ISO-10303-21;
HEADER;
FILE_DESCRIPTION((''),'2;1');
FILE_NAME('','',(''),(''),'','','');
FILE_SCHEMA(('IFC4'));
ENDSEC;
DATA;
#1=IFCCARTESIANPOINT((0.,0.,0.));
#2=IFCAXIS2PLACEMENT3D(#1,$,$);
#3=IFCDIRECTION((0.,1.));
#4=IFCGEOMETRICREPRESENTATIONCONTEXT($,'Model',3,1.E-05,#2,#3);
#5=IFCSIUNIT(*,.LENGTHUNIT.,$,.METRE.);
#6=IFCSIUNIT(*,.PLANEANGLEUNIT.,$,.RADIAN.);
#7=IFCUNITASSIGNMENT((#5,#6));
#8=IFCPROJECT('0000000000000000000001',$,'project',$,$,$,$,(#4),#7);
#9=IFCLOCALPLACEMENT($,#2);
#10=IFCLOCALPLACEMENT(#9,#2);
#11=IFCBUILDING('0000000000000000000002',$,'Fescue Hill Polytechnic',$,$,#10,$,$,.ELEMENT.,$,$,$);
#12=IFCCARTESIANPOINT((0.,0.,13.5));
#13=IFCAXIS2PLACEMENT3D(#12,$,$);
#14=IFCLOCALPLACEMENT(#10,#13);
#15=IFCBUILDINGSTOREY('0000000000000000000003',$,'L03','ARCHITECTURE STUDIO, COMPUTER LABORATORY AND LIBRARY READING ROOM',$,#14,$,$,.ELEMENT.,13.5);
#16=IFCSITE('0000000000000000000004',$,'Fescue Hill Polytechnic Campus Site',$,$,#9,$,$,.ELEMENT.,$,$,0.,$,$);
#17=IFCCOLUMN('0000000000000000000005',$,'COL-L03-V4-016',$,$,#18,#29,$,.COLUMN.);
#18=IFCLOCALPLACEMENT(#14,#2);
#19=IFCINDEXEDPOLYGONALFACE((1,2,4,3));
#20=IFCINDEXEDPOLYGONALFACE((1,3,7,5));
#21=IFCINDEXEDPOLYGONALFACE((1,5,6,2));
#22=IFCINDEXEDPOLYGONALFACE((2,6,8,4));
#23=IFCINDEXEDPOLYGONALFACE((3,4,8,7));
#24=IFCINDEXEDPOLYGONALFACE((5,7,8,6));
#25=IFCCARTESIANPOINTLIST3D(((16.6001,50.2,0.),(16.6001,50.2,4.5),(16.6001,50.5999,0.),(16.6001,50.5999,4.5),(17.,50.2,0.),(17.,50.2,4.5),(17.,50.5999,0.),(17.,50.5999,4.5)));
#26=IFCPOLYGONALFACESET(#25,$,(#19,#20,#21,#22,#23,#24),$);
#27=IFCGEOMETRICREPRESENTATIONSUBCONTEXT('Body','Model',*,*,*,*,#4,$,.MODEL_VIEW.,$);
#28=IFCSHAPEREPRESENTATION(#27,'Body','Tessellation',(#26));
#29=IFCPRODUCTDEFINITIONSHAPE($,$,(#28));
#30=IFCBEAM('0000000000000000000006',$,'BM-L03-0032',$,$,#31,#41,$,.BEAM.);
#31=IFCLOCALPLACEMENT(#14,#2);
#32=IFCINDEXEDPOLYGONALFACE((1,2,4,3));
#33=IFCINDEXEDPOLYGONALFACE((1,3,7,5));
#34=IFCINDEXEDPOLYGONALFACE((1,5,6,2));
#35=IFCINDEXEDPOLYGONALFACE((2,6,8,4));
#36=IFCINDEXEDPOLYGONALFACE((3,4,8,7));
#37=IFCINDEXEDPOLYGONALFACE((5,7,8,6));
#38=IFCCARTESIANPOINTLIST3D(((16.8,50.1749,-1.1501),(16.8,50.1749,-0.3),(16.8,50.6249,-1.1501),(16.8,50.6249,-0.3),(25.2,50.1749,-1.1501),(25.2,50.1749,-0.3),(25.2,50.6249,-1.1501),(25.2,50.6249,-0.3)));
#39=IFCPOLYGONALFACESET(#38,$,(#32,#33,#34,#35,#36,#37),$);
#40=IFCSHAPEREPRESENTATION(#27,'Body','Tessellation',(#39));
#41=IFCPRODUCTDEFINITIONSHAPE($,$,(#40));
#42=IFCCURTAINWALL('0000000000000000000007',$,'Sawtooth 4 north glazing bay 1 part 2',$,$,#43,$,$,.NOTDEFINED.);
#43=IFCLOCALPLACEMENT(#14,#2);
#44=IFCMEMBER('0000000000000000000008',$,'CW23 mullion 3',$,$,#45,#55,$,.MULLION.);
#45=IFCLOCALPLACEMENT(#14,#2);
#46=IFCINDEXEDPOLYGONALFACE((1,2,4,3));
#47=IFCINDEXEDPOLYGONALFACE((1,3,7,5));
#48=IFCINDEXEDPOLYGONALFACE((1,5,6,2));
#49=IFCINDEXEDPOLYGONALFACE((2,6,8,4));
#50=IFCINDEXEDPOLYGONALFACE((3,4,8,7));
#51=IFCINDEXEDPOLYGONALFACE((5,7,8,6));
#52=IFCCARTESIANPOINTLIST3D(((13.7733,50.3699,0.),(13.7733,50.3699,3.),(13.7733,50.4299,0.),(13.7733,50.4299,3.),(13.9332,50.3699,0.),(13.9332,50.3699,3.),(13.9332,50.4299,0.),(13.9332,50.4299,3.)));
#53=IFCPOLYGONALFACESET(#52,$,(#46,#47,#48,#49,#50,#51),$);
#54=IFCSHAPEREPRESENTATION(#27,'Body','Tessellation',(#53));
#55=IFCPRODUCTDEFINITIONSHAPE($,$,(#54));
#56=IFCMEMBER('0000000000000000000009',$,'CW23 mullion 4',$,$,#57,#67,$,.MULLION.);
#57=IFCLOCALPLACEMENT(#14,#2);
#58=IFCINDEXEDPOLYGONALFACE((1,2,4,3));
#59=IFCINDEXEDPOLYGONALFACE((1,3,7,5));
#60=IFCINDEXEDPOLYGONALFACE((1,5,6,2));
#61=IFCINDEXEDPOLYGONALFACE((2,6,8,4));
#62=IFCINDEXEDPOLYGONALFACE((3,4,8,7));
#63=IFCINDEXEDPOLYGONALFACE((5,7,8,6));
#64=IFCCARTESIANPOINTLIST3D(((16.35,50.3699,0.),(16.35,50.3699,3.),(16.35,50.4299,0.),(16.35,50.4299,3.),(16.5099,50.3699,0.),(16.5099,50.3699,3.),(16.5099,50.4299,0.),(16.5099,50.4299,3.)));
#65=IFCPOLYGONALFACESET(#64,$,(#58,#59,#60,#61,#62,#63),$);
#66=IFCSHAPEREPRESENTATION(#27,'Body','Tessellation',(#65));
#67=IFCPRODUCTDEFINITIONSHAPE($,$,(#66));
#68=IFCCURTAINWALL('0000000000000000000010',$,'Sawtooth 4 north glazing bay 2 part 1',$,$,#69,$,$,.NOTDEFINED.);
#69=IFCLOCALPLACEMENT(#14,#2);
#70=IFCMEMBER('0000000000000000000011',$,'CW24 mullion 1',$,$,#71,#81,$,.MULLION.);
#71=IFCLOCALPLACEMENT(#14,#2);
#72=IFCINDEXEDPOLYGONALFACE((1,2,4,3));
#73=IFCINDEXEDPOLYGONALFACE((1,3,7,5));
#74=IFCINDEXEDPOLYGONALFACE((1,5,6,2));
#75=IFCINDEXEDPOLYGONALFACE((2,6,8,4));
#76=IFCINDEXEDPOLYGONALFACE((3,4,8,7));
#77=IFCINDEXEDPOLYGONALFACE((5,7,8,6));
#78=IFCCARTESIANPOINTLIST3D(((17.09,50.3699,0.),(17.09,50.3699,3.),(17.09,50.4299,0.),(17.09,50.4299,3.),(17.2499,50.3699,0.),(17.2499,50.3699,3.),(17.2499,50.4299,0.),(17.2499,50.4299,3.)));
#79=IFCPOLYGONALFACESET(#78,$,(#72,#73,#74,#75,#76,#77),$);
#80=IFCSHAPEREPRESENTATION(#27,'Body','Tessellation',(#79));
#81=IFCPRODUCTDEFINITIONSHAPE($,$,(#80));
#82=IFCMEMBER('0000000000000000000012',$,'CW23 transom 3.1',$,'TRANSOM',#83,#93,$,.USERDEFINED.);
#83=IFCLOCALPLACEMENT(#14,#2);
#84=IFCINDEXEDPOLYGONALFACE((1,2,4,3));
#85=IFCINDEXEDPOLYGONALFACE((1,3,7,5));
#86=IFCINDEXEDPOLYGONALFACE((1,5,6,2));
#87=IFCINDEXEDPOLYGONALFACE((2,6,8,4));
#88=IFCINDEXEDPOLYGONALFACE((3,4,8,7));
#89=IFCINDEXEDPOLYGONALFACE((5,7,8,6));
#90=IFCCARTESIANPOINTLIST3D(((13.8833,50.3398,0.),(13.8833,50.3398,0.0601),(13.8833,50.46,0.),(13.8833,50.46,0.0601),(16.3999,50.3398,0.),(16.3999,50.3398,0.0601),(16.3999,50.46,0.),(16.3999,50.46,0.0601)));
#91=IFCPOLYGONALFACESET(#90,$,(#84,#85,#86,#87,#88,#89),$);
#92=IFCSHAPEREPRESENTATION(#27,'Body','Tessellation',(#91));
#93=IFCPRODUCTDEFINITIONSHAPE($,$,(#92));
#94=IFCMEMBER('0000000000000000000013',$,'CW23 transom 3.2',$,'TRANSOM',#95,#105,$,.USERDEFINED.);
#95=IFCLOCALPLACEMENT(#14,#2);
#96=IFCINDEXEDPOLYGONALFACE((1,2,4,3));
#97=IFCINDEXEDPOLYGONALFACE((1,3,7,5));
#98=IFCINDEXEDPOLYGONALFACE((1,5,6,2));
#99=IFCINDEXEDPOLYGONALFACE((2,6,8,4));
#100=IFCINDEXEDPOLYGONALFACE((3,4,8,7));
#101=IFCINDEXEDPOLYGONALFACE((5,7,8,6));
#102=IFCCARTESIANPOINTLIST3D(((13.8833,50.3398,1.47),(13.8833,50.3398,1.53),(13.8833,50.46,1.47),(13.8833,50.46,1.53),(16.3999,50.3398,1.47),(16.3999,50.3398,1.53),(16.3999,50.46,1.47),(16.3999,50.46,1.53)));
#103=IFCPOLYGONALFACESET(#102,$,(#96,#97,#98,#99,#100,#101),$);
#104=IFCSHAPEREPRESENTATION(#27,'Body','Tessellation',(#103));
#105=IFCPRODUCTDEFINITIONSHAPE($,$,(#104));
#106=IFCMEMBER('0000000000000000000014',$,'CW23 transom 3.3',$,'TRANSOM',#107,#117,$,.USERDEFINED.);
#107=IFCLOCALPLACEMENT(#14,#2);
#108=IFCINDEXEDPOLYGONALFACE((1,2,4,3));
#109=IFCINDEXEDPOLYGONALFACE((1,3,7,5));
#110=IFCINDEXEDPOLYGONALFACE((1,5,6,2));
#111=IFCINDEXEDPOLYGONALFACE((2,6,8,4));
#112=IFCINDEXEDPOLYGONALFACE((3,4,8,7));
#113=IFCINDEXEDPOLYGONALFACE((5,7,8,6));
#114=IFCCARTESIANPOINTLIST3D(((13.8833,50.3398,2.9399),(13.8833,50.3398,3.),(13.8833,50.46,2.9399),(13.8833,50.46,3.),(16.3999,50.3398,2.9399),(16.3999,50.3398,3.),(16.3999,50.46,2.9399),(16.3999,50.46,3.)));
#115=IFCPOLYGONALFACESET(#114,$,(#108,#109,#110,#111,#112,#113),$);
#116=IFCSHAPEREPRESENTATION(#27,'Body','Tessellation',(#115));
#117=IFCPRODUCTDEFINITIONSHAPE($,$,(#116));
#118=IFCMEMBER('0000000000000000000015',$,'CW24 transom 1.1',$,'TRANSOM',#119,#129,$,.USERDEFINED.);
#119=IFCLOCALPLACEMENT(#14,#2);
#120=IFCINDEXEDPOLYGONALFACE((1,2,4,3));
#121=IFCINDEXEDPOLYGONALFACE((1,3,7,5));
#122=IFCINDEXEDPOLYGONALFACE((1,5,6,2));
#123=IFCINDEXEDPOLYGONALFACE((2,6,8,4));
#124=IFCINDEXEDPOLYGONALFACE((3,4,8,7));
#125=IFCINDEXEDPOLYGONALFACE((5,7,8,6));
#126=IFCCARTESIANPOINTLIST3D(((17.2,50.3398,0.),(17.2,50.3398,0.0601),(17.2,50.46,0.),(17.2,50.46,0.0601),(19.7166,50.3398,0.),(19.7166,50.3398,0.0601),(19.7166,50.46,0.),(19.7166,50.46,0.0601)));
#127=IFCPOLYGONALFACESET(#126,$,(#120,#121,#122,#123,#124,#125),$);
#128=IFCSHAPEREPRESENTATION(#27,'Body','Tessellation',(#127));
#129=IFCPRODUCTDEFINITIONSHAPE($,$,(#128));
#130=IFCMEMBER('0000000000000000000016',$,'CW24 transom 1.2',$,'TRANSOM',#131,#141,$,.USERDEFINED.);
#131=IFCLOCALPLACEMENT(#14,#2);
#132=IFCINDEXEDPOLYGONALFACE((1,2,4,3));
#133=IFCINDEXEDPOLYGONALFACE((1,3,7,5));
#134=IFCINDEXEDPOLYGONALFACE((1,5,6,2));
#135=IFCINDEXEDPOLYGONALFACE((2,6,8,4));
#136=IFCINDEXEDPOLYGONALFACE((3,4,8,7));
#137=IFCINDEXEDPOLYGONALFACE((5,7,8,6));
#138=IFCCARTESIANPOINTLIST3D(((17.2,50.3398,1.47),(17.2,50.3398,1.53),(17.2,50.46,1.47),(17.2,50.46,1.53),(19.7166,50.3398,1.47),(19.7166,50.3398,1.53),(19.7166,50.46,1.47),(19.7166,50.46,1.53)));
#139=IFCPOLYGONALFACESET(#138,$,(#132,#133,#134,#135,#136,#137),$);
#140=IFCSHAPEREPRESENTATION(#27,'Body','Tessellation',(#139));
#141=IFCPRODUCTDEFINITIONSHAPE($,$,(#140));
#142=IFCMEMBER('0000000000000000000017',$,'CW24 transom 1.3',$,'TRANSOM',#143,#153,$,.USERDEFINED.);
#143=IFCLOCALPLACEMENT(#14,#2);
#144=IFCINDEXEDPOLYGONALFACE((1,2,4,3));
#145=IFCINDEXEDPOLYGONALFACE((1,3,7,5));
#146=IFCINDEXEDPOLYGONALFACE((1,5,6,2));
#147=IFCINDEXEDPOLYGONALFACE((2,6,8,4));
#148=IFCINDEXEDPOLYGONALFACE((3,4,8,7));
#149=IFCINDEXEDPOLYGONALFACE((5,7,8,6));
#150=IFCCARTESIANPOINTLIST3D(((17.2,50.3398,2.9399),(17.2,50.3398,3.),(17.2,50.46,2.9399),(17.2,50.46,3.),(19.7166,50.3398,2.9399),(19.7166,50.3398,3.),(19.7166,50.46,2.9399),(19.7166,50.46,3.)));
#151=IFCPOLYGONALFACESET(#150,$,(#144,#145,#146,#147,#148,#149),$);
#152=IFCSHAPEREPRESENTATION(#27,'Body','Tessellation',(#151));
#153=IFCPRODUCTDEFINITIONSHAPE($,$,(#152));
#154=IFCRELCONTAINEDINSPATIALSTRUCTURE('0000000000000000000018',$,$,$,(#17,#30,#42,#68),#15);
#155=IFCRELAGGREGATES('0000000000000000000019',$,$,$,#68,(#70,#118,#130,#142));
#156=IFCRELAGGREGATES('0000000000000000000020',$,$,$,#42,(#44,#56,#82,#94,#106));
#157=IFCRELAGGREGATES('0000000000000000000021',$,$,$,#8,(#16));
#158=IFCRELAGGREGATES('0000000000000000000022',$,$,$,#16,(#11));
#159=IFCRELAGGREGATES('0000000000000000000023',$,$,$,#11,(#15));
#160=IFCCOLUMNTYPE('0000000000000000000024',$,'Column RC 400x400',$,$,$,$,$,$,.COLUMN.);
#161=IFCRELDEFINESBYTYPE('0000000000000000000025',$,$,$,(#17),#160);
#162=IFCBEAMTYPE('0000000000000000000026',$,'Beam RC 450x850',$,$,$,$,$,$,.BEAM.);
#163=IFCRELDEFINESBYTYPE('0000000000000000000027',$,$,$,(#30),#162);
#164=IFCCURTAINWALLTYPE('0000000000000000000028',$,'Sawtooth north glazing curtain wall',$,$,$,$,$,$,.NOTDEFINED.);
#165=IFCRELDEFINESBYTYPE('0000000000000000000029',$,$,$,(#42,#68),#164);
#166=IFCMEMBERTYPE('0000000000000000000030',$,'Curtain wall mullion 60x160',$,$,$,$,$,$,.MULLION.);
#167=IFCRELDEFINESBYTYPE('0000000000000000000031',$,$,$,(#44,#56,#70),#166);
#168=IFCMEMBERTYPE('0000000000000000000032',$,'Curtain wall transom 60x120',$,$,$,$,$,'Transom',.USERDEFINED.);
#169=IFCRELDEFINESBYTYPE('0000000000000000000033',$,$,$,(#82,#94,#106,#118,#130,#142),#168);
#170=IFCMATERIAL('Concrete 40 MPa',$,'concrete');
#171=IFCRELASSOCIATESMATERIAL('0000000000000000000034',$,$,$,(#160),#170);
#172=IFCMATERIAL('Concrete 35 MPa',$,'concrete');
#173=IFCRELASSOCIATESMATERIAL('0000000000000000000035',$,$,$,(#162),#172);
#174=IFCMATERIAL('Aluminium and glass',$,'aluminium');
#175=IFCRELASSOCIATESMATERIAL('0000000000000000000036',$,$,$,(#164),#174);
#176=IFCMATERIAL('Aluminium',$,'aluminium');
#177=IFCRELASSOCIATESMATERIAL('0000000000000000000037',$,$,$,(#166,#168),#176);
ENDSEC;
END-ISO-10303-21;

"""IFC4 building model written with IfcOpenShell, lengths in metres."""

from ifc_helpers import new_model, si_unit, direction, frame, origin, origin_2d, place, context, subcontext, project, spatial, rectangle, extrude, material, material_profile, profile_set, type_object, element, aggregate, save


model = new_model("IFC4")

# Units and contexts
model_context = context("Model", 3, precision=1e-05, world=origin(), true_north=direction((0.0, 1.0)))
body_context = subcontext(model_context, "Body", "Model", "MODEL_VIEW")
ifc_project = project(units=[si_unit("LENGTHUNIT", "METRE"), si_unit("PLANEANGLEUNIT", "RADIAN")], contexts=[model_context])

# Site, building, storey
site_placement = place(None, origin())
site = spatial("IfcSite", under=ifc_project, at=site_placement, Name="Fescue Hill Polytechnic Campus Site", CompositionType="ELEMENT", RefElevation=0.0)
building_placement = place(site_placement, origin())
building = spatial("IfcBuilding", under=site, at=building_placement, Name="Fescue Hill Polytechnic", CompositionType="ELEMENT")
storey_placement = place(building_placement, frame((0.0, 0.0, 13.5)))
storey = spatial("IfcBuildingStorey", under=building, at=storey_placement, Name="L03", Description="ARCHITECTURE STUDIO, COMPUTER LABORATORY AND LIBRARY READING ROOM", CompositionType="ELEMENT", Elevation=13.5)

# Column
ifc_material_1 = material(Name="Concrete 40 MPa", Category="concrete")
ifc_material_profile_1 = material_profile(ifc_material_1, rectangle(XDim=0.3999, YDim=0.3999, at=origin_2d()), Name="RC 400x400")
ifc_profile_set_1 = profile_set([ifc_material_profile_1], Name="Concrete 40 MPa")
column_type = type_object("IfcColumnType", Name="Column RC 400x400", PredefinedType="COLUMN", material=ifc_profile_set_1)
column_placement = place(storey_placement, frame((16.8, 50.3999, 0.0), z_axis=(0.0, 0.0, 1.0), x_axis=(1.0, 0.0, 0.0)))
element("IfcColumn", 1, at=column_placement, inside=storey, type_object=column_type, Name="COL-L03-V4-016", PredefinedType="COLUMN", context=body_context, shape_type="SweptSolid", body=[
    extrude(rectangle(XDim=0.3999, YDim=0.3999, at=origin_2d()), origin(), (0.0, 0.0, 1.0), 4.5),
])

# Beam
ifc_material_2 = material(Name="Concrete 35 MPa", Category="concrete")
ifc_material_profile_2 = material_profile(ifc_material_2, rectangle(XDim=0.45, YDim=0.8501, at=origin_2d()), Name="RC 450x850")
ifc_profile_set_2 = profile_set([ifc_material_profile_2], Name="Concrete 35 MPa")
beam_type = type_object("IfcBeamType", Name="Beam RC 450x850", PredefinedType="BEAM", material=ifc_profile_set_2)
beam_placement = place(storey_placement, frame((16.8, 50.3999, -0.7251), z_axis=(1.0, 0.0, 0.0), x_axis=(0.0, 1.0, 0.0)))
element("IfcBeam", 2, at=beam_placement, inside=storey, type_object=beam_type, Name="BM-L03-0032", PredefinedType="BEAM", context=body_context, shape_type="SweptSolid", body=[
    extrude(rectangle(XDim=0.45, YDim=0.8501, at=origin_2d()), origin(), (0.0, 0.0, 1.0), 8.3999),
])

# Curtain wall, members
ifc_material_3 = material(Name="Aluminium and glass", Category="aluminium")
curtain_wall_type = type_object("IfcCurtainWallType", Name="Sawtooth north glazing curtain wall", PredefinedType="NOTDEFINED", material=ifc_material_3)
curtain_wall_1_placement = place(storey_placement, origin())
curtain_wall_1 = element("IfcCurtainWall", 3, at=curtain_wall_1_placement, inside=storey, type_object=curtain_wall_type, Name="Sawtooth 4 north glazing bay 1 part 2", PredefinedType="NOTDEFINED")
ifc_material_4 = material(Name="Aluminium", Category="aluminium")
ifc_material_profile_3 = material_profile(ifc_material_4, rectangle(XDim=0.0601, YDim=0.1599, at=origin_2d()), Name="Curtain wall mullion 60x160")
ifc_profile_set_3 = profile_set([ifc_material_profile_3], Name="Aluminium")
member_type_1 = type_object("IfcMemberType", Name="Curtain wall mullion 60x160", PredefinedType="MULLION", material=ifc_profile_set_3)
member_1_placement = place(storey_placement, frame((13.8533, 50.3999, 0.0), z_axis=(0.0, 0.0, 1.0), x_axis=(0.0, 1.0, 0.0)))
member_1 = element("IfcMember", 4, at=member_1_placement, type_object=member_type_1, Name="CW23 mullion 3", PredefinedType="MULLION", context=body_context, shape_type="SweptSolid", body=[
    extrude(rectangle(XDim=0.0601, YDim=0.1599, at=origin_2d()), origin(), (0.0, 0.0, 1.0), 3.0),
])
member_2_placement = place(storey_placement, frame((16.4299, 50.3999, 0.0), z_axis=(0.0, 0.0, 1.0), x_axis=(0.0, 1.0, 0.0)))
member_2 = element("IfcMember", 5, at=member_2_placement, type_object=member_type_1, Name="CW23 mullion 4", PredefinedType="MULLION", context=body_context, shape_type="SweptSolid", body=[
    extrude(rectangle(XDim=0.0601, YDim=0.1599, at=origin_2d()), origin(), (0.0, 0.0, 1.0), 3.0),
])

# Curtain wall, member
curtain_wall_2_placement = place(storey_placement, origin())
curtain_wall_2 = element("IfcCurtainWall", 6, at=curtain_wall_2_placement, inside=storey, type_object=curtain_wall_type, Name="Sawtooth 4 north glazing bay 2 part 1", PredefinedType="NOTDEFINED")
member_3_placement = place(storey_placement, frame((17.1699, 50.3999, 0.0), z_axis=(0.0, 0.0, 1.0), x_axis=(0.0, 1.0, 0.0)))
member_3 = element("IfcMember", 7, at=member_3_placement, type_object=member_type_1, Name="CW24 mullion 1", PredefinedType="MULLION", context=body_context, shape_type="SweptSolid", body=[
    extrude(rectangle(XDim=0.0601, YDim=0.1599, at=origin_2d()), origin(), (0.0, 0.0, 1.0), 3.0),
])

# Members
ifc_material_profile_4 = material_profile(ifc_material_4, rectangle(XDim=0.1201, YDim=0.0601, at=origin_2d()), Name="Curtain wall transom 60x120")
ifc_profile_set_4 = profile_set([ifc_material_profile_4], Name="Aluminium")
member_type_2 = type_object("IfcMemberType", Name="Curtain wall transom 60x120", ElementType="Transom", PredefinedType="USERDEFINED", material=ifc_profile_set_4)
member_4_placement = place(storey_placement, frame((13.8833, 50.3999, 0.03), z_axis=(1.0, 0.0, 0.0), x_axis=(0.0, 1.0, 0.0)))
member_4 = element("IfcMember", 8, at=member_4_placement, type_object=member_type_2, Name="CW23 transom 3.1", ObjectType="TRANSOM", PredefinedType="USERDEFINED", context=body_context, shape_type="SweptSolid", body=[
    extrude(rectangle(XDim=0.1201, YDim=0.0601, at=origin_2d()), origin(), (0.0, 0.0, 1.0), 2.5166),
])
member_5_placement = place(storey_placement, frame((13.8833, 50.3999, 1.5), z_axis=(1.0, 0.0, 0.0), x_axis=(0.0, 1.0, 0.0)))
member_5 = element("IfcMember", 9, at=member_5_placement, type_object=member_type_2, Name="CW23 transom 3.2", ObjectType="TRANSOM", PredefinedType="USERDEFINED", context=body_context, shape_type="SweptSolid", body=[
    extrude(rectangle(XDim=0.1201, YDim=0.0601, at=origin_2d()), origin(), (0.0, 0.0, 1.0), 2.5166),
])
member_6_placement = place(storey_placement, frame((13.8833, 50.3999, 2.97), z_axis=(1.0, 0.0, 0.0), x_axis=(0.0, 1.0, 0.0)))
member_6 = element("IfcMember", 10, at=member_6_placement, type_object=member_type_2, Name="CW23 transom 3.3", ObjectType="TRANSOM", PredefinedType="USERDEFINED", context=body_context, shape_type="SweptSolid", body=[
    extrude(rectangle(XDim=0.1201, YDim=0.0601, at=origin_2d()), origin(), (0.0, 0.0, 1.0), 2.5166),
])
member_7_placement = place(storey_placement, frame((17.2, 50.3999, 0.03), z_axis=(1.0, 0.0, 0.0), x_axis=(0.0, 1.0, 0.0)))
member_7 = element("IfcMember", 11, at=member_7_placement, type_object=member_type_2, Name="CW24 transom 1.1", ObjectType="TRANSOM", PredefinedType="USERDEFINED", context=body_context, shape_type="SweptSolid", body=[
    extrude(rectangle(XDim=0.1201, YDim=0.0601, at=origin_2d()), origin(), (0.0, 0.0, 1.0), 2.5166),
])
member_8_placement = place(storey_placement, frame((17.2, 50.3999, 1.5), z_axis=(1.0, 0.0, 0.0), x_axis=(0.0, 1.0, 0.0)))
member_8 = element("IfcMember", 12, at=member_8_placement, type_object=member_type_2, Name="CW24 transom 1.2", ObjectType="TRANSOM", PredefinedType="USERDEFINED", context=body_context, shape_type="SweptSolid", body=[
    extrude(rectangle(XDim=0.1201, YDim=0.0601, at=origin_2d()), origin(), (0.0, 0.0, 1.0), 2.5166),
])
member_9_placement = place(storey_placement, frame((17.2, 50.3999, 2.97), z_axis=(1.0, 0.0, 0.0), x_axis=(0.0, 1.0, 0.0)))
member_9 = element("IfcMember", 13, at=member_9_placement, type_object=member_type_2, Name="CW24 transom 1.3", ObjectType="TRANSOM", PredefinedType="USERDEFINED", context=body_context, shape_type="SweptSolid", body=[
    extrude(rectangle(XDim=0.1201, YDim=0.0601, at=origin_2d()), origin(), (0.0, 0.0, 1.0), 2.5166),
])
aggregate(curtain_wall_2, [member_3, member_7, member_8, member_9])

aggregate(curtain_wall_1, [member_1, member_2, member_4, member_5, member_6])

save(model, "model.ifc")
